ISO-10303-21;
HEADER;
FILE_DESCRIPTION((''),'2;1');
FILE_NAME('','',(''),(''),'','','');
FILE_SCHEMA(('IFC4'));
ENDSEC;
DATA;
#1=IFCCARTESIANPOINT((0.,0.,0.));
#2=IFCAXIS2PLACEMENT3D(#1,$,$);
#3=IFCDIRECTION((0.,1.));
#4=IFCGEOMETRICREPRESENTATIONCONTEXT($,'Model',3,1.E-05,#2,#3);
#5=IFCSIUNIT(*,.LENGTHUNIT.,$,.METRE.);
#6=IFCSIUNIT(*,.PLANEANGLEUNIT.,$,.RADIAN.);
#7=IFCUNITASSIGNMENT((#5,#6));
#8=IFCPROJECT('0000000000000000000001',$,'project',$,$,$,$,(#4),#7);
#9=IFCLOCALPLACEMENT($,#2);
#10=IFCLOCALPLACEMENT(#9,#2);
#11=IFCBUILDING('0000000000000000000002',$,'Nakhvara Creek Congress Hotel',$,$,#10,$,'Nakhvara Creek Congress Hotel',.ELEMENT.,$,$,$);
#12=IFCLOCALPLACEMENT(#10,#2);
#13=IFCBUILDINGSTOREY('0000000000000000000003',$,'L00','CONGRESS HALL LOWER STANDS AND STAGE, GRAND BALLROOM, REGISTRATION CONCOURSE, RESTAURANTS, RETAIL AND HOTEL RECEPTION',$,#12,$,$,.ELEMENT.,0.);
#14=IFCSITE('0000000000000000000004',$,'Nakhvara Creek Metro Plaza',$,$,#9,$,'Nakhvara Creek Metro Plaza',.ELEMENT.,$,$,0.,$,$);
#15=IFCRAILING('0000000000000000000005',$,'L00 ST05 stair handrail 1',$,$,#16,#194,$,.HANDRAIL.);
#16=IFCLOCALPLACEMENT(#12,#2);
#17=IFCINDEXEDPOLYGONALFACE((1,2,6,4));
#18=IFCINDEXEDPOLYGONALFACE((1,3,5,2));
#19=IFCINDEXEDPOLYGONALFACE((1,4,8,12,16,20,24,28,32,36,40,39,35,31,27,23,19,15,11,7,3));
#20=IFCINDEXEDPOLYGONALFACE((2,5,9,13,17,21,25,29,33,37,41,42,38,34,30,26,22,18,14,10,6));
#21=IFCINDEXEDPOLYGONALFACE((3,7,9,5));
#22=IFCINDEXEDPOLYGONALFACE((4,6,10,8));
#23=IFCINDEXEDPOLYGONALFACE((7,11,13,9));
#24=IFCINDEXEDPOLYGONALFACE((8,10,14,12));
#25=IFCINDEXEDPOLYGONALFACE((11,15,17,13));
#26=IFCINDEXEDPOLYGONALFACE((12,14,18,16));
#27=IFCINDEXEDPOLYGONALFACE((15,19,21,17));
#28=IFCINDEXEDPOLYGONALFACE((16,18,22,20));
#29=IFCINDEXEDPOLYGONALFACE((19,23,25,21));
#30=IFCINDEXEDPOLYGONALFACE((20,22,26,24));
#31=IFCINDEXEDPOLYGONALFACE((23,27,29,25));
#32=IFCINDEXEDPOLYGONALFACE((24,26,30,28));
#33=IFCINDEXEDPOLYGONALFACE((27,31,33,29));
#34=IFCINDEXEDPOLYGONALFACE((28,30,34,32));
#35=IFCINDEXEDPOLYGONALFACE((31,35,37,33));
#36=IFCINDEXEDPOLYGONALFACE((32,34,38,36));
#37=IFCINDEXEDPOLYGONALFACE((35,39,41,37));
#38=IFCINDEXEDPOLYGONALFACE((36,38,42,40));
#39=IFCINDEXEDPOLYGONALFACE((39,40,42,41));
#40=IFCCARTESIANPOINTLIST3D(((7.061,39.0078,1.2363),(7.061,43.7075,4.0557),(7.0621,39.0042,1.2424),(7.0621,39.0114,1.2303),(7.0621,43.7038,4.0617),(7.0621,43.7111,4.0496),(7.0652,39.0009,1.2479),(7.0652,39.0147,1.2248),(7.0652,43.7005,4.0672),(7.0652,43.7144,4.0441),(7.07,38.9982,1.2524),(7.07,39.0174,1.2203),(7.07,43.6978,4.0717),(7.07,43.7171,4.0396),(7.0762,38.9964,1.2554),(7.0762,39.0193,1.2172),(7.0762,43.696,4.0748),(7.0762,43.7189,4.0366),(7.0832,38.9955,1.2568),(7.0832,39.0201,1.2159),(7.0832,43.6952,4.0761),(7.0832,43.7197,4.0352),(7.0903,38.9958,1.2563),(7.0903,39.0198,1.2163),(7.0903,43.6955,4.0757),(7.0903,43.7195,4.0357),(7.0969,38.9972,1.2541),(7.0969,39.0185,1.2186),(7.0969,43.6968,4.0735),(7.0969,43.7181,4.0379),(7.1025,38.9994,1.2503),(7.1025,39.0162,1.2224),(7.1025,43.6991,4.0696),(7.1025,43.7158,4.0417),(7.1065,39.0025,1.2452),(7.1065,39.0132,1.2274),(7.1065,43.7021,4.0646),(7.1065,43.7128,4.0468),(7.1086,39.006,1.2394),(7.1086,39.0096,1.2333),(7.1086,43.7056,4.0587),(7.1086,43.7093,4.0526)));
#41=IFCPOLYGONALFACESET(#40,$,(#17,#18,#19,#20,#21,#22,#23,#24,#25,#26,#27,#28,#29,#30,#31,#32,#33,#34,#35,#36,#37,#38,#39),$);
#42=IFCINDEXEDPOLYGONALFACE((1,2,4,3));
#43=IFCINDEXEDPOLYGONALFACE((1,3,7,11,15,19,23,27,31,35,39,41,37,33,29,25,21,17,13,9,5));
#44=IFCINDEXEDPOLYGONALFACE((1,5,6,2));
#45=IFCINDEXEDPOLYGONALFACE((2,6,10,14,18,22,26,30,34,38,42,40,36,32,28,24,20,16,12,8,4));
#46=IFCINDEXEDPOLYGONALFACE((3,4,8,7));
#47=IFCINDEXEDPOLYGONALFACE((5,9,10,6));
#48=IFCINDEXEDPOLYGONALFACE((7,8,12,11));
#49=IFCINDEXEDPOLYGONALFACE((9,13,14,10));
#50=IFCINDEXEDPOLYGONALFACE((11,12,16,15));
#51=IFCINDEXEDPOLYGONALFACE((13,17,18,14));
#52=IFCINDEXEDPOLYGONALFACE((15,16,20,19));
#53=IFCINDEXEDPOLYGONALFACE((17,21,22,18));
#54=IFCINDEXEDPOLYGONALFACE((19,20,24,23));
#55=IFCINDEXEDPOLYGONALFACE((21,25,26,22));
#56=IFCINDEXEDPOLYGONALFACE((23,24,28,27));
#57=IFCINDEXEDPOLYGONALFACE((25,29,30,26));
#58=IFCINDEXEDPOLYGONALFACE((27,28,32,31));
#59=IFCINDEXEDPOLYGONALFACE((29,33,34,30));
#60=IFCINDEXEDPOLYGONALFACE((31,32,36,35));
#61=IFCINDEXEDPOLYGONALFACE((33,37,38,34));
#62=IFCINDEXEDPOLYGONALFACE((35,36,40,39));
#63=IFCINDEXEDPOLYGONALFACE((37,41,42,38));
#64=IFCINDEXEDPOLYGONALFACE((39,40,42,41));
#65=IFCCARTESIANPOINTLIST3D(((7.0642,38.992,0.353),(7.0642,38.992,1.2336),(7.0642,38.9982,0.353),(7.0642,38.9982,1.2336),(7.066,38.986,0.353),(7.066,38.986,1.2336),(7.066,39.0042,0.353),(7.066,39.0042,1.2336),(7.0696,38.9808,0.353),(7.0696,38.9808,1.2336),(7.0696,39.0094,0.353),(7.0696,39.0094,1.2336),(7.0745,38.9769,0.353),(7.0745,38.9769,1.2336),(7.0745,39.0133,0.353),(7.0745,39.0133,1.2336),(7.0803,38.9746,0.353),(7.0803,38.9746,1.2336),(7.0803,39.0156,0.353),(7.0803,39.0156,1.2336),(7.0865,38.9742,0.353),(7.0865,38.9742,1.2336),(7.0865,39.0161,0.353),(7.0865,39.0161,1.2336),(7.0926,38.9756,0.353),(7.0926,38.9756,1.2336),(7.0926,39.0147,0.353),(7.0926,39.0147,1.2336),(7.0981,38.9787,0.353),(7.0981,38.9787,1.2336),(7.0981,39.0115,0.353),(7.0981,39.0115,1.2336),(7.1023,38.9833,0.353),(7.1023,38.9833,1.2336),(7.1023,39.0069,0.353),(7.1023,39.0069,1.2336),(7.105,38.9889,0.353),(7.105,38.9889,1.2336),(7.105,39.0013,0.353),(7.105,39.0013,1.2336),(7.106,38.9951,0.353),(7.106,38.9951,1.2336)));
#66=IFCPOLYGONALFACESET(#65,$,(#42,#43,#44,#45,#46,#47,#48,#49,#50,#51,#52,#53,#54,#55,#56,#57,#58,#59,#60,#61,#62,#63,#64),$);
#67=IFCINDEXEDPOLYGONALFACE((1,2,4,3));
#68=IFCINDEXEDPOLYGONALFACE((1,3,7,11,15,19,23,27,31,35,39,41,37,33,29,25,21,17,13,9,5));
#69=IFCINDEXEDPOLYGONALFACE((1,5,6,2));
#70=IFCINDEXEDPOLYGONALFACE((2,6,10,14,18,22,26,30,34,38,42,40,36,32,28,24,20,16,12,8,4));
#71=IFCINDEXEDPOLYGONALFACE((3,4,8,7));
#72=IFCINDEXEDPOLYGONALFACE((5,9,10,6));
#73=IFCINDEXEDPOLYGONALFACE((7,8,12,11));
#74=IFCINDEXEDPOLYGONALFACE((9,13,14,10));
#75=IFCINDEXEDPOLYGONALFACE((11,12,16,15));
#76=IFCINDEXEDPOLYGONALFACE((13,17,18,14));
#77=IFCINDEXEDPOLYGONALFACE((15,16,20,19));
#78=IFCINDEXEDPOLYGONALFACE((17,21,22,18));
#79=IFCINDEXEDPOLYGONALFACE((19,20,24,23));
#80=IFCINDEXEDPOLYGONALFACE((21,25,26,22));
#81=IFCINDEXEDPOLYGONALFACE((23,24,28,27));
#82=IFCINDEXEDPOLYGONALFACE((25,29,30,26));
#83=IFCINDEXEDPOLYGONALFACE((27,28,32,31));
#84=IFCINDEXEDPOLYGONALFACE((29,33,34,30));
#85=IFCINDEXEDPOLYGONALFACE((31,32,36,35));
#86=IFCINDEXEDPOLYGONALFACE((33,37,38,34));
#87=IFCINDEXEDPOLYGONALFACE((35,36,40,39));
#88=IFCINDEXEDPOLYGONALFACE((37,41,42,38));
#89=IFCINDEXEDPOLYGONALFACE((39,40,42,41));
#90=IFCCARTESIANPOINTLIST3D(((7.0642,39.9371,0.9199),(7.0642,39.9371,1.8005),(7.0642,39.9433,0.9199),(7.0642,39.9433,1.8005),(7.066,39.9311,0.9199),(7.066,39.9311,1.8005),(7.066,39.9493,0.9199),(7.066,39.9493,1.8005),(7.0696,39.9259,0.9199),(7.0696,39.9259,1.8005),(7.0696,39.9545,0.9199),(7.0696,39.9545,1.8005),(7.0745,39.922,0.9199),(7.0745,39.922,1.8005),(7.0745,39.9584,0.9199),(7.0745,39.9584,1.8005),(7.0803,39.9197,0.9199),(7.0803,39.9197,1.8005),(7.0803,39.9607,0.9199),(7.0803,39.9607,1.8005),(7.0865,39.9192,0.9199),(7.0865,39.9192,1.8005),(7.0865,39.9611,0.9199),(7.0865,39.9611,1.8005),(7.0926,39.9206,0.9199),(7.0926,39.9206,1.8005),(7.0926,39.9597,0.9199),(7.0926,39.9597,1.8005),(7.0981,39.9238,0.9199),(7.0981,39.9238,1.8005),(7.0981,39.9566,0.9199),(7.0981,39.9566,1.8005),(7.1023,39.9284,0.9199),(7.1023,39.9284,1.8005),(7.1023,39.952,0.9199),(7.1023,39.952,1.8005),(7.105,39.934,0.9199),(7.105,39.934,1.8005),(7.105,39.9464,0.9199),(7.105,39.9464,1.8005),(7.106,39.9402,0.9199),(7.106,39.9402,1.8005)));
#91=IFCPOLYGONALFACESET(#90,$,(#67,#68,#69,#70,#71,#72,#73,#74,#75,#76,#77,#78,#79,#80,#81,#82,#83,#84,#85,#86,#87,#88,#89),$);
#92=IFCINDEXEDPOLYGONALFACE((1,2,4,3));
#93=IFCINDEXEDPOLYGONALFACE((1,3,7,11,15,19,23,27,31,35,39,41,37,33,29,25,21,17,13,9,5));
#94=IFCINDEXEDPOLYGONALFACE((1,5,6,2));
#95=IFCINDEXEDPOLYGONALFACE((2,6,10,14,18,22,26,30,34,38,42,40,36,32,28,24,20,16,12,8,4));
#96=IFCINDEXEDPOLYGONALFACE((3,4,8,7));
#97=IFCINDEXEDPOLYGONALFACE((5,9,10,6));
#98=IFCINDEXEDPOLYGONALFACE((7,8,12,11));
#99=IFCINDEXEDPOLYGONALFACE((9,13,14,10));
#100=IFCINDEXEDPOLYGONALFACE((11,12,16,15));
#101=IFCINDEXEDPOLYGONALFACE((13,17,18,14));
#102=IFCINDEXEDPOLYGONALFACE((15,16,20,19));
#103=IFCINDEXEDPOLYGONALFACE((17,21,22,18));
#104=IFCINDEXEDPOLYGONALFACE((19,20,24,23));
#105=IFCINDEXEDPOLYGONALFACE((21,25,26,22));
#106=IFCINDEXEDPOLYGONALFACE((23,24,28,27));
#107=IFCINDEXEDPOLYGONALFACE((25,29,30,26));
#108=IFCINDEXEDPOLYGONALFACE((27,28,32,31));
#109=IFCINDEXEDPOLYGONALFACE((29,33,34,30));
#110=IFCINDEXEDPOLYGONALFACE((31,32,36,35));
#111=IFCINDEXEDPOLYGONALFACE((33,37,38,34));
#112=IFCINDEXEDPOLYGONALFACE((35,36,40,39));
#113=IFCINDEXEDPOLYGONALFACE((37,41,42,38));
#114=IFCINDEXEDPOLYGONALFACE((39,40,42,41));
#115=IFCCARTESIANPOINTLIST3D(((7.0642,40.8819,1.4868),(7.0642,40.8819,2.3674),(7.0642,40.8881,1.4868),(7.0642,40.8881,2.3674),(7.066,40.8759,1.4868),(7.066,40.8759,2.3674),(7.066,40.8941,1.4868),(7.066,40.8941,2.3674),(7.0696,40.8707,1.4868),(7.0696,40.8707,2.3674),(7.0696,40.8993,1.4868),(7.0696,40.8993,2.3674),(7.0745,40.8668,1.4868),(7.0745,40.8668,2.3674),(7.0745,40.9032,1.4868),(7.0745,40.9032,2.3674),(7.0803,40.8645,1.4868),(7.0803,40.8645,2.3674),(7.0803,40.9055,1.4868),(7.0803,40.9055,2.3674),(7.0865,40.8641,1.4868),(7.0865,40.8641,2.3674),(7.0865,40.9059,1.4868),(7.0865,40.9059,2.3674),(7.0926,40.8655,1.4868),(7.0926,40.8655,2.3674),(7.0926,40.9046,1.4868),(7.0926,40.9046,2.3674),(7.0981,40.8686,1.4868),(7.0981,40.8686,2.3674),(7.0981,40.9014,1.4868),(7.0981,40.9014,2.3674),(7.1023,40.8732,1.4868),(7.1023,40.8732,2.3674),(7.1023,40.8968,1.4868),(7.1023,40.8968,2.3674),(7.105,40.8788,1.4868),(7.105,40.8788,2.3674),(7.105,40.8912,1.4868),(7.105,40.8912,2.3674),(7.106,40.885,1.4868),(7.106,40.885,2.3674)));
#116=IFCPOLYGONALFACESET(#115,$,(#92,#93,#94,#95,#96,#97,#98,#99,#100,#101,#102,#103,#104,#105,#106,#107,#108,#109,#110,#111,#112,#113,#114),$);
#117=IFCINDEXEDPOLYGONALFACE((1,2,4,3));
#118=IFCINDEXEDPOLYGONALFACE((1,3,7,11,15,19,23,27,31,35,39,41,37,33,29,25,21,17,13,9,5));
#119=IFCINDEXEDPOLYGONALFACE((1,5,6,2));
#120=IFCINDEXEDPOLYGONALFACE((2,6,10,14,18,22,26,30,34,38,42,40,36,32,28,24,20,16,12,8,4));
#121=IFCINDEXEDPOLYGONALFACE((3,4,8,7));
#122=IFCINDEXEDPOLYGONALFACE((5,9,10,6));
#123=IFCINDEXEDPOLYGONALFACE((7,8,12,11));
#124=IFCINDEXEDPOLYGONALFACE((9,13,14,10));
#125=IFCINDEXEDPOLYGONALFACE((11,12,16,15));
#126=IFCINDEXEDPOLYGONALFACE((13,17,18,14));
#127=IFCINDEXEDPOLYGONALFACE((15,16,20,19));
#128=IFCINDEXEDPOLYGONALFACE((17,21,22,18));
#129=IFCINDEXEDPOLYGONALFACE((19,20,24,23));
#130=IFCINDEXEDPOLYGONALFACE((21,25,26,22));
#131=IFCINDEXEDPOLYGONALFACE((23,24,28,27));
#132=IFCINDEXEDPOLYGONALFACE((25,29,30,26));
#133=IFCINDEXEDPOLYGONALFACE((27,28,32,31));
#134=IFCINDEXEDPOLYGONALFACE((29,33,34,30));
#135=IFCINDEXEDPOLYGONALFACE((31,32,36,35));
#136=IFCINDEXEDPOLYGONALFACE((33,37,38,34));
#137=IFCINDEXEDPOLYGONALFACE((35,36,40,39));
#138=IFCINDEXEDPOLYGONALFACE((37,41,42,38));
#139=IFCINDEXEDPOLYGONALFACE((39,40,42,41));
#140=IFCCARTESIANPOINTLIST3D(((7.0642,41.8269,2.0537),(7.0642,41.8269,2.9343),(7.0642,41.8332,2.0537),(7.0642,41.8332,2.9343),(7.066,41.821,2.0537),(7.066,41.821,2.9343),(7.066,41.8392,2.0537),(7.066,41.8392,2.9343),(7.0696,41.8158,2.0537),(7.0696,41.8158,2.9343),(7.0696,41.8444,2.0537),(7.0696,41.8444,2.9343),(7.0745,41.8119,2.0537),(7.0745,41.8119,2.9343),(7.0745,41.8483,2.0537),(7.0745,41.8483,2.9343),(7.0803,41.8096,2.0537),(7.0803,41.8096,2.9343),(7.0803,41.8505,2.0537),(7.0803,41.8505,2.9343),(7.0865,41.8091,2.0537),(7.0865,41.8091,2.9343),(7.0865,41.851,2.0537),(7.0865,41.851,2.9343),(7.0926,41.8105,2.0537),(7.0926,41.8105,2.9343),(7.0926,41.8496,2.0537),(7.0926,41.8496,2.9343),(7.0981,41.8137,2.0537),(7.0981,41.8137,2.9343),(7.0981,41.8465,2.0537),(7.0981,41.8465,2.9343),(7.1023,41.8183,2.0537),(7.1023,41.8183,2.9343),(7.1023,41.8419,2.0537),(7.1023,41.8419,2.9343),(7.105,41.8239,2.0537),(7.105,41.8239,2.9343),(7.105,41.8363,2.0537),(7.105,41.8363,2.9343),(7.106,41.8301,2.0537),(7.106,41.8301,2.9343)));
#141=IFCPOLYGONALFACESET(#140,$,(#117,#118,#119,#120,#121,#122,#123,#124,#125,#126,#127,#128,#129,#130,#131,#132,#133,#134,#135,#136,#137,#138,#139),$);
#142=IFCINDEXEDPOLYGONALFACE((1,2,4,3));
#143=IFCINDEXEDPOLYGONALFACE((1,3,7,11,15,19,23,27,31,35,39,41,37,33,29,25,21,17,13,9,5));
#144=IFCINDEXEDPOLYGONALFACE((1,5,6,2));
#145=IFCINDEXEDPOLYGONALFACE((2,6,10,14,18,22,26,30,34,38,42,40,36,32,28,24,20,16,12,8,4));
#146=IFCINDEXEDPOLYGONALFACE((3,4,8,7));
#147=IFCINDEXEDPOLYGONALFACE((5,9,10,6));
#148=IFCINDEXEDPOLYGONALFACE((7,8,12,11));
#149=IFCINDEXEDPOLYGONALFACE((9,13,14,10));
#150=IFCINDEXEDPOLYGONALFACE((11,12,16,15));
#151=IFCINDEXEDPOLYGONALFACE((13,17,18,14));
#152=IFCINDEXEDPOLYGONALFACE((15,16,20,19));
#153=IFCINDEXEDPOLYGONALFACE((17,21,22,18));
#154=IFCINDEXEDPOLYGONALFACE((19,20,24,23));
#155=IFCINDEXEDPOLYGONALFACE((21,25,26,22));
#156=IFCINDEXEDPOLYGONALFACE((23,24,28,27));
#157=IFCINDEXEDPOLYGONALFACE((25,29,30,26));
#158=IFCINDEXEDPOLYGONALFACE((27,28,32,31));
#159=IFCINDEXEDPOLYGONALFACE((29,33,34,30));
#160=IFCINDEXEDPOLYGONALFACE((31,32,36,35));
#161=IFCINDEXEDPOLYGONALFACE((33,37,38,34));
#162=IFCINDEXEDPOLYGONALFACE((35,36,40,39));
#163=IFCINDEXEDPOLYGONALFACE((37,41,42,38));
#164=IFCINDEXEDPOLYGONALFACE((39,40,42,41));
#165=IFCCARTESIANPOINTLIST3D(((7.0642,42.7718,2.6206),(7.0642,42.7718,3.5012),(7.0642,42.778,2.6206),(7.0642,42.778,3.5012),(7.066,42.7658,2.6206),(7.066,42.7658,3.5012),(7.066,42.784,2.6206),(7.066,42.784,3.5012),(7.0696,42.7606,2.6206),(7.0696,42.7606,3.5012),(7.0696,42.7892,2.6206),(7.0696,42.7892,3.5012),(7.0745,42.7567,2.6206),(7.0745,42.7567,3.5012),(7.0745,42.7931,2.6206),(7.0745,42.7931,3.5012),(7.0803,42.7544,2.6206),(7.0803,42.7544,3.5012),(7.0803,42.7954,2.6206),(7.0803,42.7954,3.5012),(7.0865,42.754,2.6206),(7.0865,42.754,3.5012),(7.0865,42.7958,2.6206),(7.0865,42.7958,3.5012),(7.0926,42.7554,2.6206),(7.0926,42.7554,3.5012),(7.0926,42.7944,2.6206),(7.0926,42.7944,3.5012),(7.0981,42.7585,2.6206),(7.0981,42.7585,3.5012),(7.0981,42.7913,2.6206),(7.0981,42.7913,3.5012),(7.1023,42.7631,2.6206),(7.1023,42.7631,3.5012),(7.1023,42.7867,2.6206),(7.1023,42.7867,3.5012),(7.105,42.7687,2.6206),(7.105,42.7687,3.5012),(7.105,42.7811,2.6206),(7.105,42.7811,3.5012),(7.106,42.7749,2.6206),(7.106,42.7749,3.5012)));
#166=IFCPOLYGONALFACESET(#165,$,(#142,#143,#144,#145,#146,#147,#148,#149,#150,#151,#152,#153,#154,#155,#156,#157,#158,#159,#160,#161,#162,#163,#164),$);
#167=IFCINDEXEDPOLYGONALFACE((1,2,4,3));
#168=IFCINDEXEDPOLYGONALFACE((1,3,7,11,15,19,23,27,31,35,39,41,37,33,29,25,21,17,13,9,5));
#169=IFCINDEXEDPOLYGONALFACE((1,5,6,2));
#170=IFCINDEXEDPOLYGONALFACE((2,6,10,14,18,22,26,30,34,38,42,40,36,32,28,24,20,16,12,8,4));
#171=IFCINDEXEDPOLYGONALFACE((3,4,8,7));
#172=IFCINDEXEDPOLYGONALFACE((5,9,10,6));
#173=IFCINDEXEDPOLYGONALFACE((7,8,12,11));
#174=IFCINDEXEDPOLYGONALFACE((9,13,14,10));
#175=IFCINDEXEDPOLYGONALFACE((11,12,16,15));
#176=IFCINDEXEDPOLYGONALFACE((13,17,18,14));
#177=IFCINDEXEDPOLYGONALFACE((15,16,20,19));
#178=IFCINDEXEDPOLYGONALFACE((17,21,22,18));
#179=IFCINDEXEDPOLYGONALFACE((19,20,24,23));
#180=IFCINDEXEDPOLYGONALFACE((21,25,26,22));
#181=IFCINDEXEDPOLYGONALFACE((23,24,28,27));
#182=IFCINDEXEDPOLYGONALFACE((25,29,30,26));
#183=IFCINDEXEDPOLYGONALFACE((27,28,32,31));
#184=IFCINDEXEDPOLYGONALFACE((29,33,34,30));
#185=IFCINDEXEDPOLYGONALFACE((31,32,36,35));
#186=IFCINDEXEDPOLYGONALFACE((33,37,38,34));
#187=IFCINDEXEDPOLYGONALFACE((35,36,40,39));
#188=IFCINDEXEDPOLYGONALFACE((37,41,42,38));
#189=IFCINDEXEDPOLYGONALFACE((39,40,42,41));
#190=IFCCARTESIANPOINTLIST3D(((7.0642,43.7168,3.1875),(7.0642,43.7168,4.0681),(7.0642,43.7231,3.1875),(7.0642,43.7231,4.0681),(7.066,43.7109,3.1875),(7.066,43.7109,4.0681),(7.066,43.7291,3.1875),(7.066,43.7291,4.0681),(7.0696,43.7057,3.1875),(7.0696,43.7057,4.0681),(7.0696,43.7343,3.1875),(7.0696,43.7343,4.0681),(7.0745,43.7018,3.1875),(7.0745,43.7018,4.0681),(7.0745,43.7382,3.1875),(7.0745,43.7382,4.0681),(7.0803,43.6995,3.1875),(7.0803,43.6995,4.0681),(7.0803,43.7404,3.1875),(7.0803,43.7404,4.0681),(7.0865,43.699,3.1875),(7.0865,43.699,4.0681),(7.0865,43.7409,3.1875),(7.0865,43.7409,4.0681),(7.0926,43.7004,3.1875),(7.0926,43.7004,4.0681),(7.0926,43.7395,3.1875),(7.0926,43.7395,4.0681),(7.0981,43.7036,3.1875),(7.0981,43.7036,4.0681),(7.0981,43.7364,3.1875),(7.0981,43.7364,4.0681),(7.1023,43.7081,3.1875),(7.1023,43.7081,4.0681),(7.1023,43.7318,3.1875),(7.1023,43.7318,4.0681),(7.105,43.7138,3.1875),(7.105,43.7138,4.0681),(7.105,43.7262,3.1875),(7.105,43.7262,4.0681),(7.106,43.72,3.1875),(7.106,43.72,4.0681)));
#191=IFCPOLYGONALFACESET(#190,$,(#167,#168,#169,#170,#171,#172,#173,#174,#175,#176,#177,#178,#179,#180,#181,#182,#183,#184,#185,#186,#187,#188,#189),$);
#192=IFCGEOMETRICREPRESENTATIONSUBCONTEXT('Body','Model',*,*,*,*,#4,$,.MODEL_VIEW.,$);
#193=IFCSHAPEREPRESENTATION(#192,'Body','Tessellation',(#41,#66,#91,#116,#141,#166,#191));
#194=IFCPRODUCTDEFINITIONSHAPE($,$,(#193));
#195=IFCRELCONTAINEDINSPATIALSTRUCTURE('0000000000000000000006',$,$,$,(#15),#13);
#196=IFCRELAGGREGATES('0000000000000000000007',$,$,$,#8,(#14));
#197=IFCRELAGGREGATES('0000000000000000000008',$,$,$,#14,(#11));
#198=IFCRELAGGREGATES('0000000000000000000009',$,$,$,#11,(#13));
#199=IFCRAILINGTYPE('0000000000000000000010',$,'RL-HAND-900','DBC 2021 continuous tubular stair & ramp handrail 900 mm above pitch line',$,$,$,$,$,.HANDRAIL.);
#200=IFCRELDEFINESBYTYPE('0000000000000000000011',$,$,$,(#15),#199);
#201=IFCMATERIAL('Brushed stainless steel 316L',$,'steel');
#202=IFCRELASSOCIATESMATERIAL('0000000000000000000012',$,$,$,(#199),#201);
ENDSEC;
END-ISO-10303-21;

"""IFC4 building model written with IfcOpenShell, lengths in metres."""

from ifc_helpers import new_model, si_unit, direction, frame, origin, origin_2d, place, context, subcontext, project, spatial, circle, extrude, material, type_object, element, save


model = new_model("IFC4")

# Units and contexts
model_context = context("Model", 3, precision=1e-05, world=origin(), true_north=direction((0.0, 1.0)))
body_context = subcontext(model_context, "Body", "Model", "MODEL_VIEW")
ifc_project = project(units=[si_unit("LENGTHUNIT", "METRE"), si_unit("PLANEANGLEUNIT", "RADIAN")], contexts=[model_context])

# Site, building, storey
site_placement = place(None, origin())
site = spatial("IfcSite", under=ifc_project, at=site_placement, Name="Nakhvara Creek Metro Plaza", LongName="Nakhvara Creek Metro Plaza", CompositionType="ELEMENT", RefElevation=0.0)
building_placement = place(site_placement, origin())
building = spatial("IfcBuilding", under=site, at=building_placement, Name="Nakhvara Creek Congress Hotel", LongName="Nakhvara Creek Congress Hotel", CompositionType="ELEMENT")
storey_placement = place(building_placement, origin())
storey = spatial("IfcBuildingStorey", under=building, at=storey_placement, Name="L00", Description="CONGRESS HALL LOWER STANDS AND STAGE, GRAND BALLROOM, REGISTRATION CONCOURSE, RESTAURANTS, RETAIL AND HOTEL RECEPTION", CompositionType="ELEMENT", Elevation=0.0)

# Railing
ifc_material_1 = material(Name="Brushed stainless steel 316L", Category="steel")
railing_type_1 = type_object("IfcRailingType", Name="RL-HAND-900", Description="DBC 2021 continuous tubular stair & ramp handrail 900 mm above pitch line", PredefinedType="HANDRAIL", material=ifc_material_1)
railing_1_placement = place(storey_placement, frame((7.085, 38.9951, 0.353)))
element("IfcRailing", 1, at=railing_1_placement, inside=storey, type_object=railing_type_1, Name="L00 ST05 stair handrail 1", PredefinedType="HANDRAIL", context=body_context, shape_type="SweptSolid", body=[
    extrude(circle(Radius=0.0239, at=origin_2d()), frame((0.0, 0.0127, 0.8833), z_axis=(0.0, 0.857528, 0.514437), x_axis=(-1.0, 0.0, 0.0)), (0.0, 0.0, 1.0), 5.4805),
    extrude(circle(Radius=0.021, at=origin_2d()), origin(), (0.0, 0.0, 1.0), 0.8806),
    extrude(circle(Radius=0.021, at=origin_2d()), frame((0.0, 0.9451, 0.5669)), (0.0, 0.0, 1.0), 0.8806),
    extrude(circle(Radius=0.021, at=origin_2d()), frame((0.0, 1.8899, 1.1338)), (0.0, 0.0, 1.0), 0.8806),
    extrude(circle(Radius=0.021, at=origin_2d()), frame((0.0, 2.835, 1.7007)), (0.0, 0.0, 1.0), 0.8806),
    extrude(circle(Radius=0.021, at=origin_2d()), frame((0.0, 3.7798, 2.2676)), (0.0, 0.0, 1.0), 0.8806),
    extrude(circle(Radius=0.021, at=origin_2d()), frame((0.0, 4.7249, 2.8345)), (0.0, 0.0, 1.0), 0.8806),
])

save(model, "model.ifc")
